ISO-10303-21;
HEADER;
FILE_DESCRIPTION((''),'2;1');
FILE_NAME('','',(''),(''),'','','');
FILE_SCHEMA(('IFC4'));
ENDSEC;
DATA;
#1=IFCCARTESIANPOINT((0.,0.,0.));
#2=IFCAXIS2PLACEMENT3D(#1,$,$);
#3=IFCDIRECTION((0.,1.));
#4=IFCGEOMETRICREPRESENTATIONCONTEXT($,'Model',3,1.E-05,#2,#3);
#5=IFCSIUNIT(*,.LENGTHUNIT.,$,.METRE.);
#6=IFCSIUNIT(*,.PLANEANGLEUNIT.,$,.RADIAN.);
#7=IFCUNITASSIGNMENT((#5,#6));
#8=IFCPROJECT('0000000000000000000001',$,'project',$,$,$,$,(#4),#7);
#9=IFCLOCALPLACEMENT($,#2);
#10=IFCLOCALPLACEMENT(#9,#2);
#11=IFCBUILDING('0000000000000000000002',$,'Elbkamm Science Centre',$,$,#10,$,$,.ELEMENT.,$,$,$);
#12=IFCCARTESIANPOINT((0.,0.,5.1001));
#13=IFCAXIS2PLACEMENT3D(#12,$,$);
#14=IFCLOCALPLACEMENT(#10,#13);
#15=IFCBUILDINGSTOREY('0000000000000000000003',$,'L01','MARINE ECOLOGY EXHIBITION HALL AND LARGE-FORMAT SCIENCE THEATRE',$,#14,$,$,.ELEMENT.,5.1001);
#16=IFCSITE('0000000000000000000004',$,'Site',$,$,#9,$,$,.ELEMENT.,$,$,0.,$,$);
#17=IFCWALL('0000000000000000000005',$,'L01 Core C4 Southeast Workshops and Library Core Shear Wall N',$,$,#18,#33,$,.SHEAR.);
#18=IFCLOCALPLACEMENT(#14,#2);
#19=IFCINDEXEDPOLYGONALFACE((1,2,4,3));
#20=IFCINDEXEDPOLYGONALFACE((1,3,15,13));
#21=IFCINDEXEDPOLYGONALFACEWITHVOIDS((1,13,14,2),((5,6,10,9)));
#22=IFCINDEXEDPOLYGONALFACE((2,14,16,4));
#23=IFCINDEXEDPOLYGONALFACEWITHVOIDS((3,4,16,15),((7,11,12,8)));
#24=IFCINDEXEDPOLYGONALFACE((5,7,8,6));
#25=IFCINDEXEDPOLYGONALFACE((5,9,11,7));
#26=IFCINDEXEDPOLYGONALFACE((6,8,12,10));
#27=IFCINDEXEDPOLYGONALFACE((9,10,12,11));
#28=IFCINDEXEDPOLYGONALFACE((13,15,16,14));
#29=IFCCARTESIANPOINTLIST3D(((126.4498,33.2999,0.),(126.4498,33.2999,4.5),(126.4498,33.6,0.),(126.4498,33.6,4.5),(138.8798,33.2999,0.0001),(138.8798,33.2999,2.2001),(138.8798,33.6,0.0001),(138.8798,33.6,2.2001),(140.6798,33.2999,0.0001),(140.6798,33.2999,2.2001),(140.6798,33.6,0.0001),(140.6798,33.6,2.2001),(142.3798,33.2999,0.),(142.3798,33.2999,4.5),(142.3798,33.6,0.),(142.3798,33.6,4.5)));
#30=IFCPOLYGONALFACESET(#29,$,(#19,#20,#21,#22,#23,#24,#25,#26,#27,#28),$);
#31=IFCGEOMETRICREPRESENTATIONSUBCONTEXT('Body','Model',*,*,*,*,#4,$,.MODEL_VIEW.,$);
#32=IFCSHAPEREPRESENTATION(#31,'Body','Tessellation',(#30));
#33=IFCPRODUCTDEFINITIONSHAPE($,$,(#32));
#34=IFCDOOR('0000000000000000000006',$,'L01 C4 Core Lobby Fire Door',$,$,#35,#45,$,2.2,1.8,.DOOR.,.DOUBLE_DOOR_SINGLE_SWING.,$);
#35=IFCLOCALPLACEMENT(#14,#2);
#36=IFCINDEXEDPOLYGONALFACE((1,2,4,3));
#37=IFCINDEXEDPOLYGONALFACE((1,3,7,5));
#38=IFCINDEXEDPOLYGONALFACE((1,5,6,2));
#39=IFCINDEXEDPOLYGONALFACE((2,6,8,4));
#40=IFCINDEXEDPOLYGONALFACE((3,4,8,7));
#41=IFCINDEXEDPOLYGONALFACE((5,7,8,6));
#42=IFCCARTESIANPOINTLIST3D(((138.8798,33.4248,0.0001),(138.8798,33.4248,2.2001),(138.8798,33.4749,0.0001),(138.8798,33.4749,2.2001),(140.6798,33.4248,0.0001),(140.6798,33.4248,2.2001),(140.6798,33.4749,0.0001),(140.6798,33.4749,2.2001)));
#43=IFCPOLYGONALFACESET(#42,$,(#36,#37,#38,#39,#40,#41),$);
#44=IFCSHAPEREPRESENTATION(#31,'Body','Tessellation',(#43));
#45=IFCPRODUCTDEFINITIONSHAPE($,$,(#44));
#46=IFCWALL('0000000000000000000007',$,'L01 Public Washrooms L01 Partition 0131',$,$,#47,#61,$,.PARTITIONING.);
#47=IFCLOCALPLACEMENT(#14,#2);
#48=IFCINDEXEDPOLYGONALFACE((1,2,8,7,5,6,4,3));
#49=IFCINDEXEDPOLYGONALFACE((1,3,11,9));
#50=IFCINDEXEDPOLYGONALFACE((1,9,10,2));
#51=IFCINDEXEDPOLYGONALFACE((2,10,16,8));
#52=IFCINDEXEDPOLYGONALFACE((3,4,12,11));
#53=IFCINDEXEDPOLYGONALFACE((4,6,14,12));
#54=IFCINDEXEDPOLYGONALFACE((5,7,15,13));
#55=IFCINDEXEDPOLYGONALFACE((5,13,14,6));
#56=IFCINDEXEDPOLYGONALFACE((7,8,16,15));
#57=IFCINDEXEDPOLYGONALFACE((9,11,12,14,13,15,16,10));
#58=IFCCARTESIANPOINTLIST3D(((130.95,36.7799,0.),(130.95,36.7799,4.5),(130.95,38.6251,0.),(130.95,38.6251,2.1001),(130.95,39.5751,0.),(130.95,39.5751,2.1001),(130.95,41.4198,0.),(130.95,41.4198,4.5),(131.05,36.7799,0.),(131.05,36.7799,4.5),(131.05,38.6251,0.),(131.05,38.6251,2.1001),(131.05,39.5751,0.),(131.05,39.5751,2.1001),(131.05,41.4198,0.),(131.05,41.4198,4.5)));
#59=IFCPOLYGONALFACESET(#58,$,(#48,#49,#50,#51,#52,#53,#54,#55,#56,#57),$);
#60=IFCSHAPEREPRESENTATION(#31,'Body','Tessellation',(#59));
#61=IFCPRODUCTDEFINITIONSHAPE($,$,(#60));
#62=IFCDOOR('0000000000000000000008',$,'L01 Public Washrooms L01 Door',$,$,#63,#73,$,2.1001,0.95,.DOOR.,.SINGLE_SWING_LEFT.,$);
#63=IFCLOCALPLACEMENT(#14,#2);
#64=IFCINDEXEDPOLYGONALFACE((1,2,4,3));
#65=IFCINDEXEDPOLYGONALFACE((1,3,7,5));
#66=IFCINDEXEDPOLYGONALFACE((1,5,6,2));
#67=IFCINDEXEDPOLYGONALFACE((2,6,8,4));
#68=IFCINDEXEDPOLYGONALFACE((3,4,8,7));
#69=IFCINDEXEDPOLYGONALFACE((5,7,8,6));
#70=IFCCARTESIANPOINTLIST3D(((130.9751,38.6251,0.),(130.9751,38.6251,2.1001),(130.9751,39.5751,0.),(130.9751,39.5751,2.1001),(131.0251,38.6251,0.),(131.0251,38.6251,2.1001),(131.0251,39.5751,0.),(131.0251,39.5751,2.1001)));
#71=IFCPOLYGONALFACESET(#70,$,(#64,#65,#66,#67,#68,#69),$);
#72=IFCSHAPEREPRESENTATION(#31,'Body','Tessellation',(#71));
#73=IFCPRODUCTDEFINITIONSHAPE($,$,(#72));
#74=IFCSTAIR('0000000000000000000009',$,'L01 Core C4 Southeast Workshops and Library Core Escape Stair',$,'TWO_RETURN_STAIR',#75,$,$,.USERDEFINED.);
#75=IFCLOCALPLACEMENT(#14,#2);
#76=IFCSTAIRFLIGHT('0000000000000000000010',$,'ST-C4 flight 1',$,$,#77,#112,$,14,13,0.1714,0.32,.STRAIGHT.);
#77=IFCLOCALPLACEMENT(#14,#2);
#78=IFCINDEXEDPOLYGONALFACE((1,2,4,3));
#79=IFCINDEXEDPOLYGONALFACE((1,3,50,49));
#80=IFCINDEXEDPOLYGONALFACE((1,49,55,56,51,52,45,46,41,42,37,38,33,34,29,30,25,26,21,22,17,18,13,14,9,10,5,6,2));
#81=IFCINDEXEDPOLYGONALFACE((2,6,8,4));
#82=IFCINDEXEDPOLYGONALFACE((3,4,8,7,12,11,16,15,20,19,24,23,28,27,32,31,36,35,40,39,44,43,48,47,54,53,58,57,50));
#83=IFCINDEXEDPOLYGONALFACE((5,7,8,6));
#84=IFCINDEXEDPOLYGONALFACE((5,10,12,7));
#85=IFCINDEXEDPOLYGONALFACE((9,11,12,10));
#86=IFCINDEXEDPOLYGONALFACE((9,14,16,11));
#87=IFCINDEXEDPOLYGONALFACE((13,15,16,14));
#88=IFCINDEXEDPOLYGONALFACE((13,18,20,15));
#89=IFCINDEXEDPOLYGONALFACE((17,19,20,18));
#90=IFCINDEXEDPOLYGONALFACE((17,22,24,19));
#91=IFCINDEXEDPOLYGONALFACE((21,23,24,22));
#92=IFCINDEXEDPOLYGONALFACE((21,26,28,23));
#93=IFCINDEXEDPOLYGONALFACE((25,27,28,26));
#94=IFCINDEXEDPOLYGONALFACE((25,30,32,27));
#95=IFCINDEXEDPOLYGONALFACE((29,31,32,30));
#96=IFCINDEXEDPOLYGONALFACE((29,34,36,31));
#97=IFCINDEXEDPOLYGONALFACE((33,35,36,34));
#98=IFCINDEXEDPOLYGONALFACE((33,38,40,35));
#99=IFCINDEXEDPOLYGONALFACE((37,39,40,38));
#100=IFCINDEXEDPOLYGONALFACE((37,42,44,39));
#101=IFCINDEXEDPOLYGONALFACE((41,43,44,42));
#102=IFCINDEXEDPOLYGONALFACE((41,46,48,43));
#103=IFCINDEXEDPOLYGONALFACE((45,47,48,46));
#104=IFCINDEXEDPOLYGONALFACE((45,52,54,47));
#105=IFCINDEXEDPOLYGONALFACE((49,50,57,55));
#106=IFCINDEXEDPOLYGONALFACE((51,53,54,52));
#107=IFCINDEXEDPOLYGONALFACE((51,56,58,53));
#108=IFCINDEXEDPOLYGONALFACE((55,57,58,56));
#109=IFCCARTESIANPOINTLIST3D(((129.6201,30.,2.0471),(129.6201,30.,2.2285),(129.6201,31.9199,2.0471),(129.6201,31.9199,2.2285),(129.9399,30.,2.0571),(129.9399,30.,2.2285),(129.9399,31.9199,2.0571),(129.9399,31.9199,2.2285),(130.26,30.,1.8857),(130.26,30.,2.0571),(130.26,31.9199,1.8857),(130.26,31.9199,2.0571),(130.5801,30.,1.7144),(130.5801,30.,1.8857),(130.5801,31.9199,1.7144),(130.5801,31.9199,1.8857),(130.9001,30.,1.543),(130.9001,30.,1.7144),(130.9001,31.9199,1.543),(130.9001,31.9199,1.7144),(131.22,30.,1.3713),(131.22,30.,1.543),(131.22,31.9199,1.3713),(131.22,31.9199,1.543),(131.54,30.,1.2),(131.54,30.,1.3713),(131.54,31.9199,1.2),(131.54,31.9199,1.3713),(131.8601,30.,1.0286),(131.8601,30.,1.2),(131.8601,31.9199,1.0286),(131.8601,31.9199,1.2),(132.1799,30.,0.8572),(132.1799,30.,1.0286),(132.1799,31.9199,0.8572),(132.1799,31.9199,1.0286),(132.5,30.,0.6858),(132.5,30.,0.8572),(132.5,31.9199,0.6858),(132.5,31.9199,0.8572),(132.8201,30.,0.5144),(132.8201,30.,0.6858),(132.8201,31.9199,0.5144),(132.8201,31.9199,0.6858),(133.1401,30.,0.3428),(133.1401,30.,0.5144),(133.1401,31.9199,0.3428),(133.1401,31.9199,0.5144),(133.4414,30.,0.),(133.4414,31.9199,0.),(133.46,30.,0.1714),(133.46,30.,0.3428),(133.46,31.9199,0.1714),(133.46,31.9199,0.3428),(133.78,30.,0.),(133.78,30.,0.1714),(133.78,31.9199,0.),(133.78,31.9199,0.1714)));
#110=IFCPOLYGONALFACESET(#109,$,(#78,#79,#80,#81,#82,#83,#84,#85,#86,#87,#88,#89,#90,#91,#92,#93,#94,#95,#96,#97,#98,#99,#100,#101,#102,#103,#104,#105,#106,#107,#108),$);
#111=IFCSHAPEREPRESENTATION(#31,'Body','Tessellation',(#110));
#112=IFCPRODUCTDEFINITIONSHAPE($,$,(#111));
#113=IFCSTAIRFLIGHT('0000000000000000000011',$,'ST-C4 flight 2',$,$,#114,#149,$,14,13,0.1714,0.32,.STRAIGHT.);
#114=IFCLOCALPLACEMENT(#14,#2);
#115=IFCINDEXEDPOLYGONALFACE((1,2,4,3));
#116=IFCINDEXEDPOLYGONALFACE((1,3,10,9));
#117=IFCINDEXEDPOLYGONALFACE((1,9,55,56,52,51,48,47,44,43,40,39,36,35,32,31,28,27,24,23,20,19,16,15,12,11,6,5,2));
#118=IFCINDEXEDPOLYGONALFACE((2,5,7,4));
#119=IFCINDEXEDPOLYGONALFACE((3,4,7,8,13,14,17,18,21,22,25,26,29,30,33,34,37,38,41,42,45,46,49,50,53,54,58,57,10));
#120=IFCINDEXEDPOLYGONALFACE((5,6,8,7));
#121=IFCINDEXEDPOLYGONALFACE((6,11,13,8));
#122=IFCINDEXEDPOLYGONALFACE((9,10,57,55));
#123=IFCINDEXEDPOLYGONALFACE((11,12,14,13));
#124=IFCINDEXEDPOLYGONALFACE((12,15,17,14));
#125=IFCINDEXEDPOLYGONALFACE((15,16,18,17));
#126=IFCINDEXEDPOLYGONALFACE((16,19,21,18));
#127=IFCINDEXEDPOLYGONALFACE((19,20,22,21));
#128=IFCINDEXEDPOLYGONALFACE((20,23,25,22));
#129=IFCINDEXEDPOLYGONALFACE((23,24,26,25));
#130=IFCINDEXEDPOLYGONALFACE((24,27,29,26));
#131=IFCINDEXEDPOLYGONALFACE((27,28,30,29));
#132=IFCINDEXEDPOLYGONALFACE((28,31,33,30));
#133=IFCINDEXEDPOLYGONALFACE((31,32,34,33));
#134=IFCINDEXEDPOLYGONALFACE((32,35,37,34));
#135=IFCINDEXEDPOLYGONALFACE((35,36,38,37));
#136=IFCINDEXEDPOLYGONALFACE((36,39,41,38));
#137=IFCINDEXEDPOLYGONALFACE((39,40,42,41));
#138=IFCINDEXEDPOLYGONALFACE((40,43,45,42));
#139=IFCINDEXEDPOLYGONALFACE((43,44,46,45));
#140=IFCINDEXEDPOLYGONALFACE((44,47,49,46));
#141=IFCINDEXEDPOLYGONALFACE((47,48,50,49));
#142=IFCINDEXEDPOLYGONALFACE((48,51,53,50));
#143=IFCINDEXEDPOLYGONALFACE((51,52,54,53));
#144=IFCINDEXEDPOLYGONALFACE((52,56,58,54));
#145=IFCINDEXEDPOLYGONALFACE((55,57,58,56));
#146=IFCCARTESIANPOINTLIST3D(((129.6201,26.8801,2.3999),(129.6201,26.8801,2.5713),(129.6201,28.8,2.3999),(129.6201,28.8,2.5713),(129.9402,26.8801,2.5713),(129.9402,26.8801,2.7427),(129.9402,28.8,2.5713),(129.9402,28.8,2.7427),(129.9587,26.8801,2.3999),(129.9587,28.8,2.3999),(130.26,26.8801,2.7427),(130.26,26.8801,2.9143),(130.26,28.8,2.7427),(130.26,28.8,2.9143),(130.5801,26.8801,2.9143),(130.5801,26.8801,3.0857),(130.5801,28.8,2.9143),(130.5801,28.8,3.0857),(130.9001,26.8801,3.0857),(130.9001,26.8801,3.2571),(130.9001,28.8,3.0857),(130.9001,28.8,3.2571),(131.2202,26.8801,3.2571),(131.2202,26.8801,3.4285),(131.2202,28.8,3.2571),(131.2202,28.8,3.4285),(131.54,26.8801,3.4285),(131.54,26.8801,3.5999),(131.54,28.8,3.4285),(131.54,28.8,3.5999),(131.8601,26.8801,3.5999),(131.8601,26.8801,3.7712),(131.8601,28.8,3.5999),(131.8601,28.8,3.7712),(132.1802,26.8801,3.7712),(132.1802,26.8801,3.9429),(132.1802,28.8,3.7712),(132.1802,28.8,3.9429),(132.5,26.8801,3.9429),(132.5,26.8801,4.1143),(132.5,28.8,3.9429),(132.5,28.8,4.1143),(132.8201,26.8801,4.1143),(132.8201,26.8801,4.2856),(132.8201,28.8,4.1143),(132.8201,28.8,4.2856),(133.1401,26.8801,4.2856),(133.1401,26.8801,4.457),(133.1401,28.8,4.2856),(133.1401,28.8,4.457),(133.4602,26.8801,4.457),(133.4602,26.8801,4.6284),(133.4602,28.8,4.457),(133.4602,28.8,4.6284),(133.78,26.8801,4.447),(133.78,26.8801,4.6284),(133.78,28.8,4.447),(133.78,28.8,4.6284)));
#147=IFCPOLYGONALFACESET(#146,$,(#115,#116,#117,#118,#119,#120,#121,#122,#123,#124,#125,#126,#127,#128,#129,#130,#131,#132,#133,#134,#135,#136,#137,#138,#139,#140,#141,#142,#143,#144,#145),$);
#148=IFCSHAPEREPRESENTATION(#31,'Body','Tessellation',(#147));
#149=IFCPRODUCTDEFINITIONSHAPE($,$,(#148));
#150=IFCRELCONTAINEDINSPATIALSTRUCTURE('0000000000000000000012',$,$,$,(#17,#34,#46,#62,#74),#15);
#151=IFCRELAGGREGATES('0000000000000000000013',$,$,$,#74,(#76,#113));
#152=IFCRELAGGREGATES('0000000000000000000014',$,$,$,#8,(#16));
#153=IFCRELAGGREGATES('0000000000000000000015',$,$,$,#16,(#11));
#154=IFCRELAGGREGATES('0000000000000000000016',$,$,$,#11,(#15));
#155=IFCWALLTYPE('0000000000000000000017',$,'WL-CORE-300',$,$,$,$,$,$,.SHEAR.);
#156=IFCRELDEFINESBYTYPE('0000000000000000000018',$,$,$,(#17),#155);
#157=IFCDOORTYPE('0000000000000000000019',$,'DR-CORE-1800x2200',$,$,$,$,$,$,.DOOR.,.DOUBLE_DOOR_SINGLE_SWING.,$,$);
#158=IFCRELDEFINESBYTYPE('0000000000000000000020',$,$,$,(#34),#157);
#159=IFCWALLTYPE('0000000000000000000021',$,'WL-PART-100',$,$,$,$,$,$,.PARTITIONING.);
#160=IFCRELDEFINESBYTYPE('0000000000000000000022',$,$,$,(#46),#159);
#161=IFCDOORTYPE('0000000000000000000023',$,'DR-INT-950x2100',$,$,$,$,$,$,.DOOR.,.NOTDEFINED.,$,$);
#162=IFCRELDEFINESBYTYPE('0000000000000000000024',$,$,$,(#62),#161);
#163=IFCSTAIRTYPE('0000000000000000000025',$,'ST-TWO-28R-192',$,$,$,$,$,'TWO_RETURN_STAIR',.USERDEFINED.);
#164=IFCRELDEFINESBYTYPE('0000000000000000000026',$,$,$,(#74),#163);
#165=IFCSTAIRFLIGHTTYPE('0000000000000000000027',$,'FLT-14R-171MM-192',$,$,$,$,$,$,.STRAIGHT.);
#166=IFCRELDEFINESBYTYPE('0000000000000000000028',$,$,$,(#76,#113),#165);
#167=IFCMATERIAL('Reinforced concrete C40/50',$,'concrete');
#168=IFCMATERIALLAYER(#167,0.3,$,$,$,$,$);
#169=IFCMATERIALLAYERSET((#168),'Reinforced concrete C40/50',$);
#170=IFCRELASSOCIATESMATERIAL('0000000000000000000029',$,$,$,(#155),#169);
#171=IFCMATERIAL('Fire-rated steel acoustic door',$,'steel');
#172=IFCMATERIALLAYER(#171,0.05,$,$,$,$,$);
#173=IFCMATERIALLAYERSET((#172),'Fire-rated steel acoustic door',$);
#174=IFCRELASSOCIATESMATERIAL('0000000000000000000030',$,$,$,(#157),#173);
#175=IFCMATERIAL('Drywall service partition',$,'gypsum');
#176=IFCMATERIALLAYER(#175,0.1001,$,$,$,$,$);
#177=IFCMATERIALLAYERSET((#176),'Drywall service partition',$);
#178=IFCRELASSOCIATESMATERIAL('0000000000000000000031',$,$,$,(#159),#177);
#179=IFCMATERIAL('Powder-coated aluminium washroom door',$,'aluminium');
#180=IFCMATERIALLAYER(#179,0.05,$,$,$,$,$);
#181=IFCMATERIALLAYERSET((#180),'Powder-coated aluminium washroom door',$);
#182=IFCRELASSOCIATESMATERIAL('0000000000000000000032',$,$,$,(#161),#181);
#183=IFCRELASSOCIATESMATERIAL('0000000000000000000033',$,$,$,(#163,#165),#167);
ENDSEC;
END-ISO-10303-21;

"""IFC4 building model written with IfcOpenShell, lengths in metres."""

from ifc_helpers import new_model, si_unit, direction, frame, frame_2d, origin, place, context, subcontext, project, spatial, polyline, rectangle, outline, extrude, material, layer, layer_set, type_object, element, fill, aggregate, save


model = new_model("IFC4")

# Units and contexts
model_context = context("Model", 3, precision=1e-05, world=origin(), true_north=direction((0.0, 1.0)))
body_context = subcontext(model_context, "Body", "Model", "MODEL_VIEW")
ifc_project = project(units=[si_unit("LENGTHUNIT", "METRE"), si_unit("PLANEANGLEUNIT", "RADIAN")], contexts=[model_context])

# Site, building, storey
site_placement = place(None, origin())
site = spatial("IfcSite", under=ifc_project, at=site_placement, Name="Site", CompositionType="ELEMENT", RefElevation=0.0)
building_placement = place(site_placement, origin())
building = spatial("IfcBuilding", under=site, at=building_placement, Name="Elbkamm Science Centre", CompositionType="ELEMENT")
storey_placement = place(building_placement, frame((0.0, 0.0, 5.1001)))
storey = spatial("IfcBuildingStorey", under=building, at=storey_placement, Name="L01", Description="MARINE ECOLOGY EXHIBITION HALL AND LARGE-FORMAT SCIENCE THEATRE", CompositionType="ELEMENT", Elevation=5.1001)

# Shared definitions
ifc_material_1 = material(Name="Reinforced concrete C40/50", Category="concrete")
ifc_layer_1 = layer(ifc_material_1, 0.3)
ifc_layer_set_1 = layer_set([ifc_layer_1], Name="Reinforced concrete C40/50")
wall_type_1 = type_object("IfcWallType", Name="WL-CORE-300", PredefinedType="SHEAR", material=ifc_layer_set_1)

# Walls, openings, doors
wall_1_placement = place(storey_placement, frame((126.45, 33.45, 0.0), z_axis=(0.0, 0.0, 1.0), x_axis=(1.0, 0.0, 0.0)))
wall_1 = element("IfcWall", 1, at=wall_1_placement, inside=storey, type_object=wall_type_1, Name="L01 Core C4 Southeast Workshops and Library Core Shear Wall N", PredefinedType="SHEAR", context=body_context, shape_type="SweptSolid", body=[
    extrude(rectangle(XDim=15.9299, YDim=0.3, at=frame_2d((7.9648, 0.0))), origin(), (0.0, 0.0, 1.0), 4.5),
])
opening_1_placement = place(wall_1_placement, frame((12.4299, 0.0, 0.0)))
opening_1 = element("IfcOpeningElement", 2, at=opening_1_placement, cuts=wall_1, PredefinedType="OPENING", context=body_context, shape_type="SweptSolid", body=[
    extrude(rectangle(XDim=1.8, YDim=2.2, at=frame_2d((0.8999, 1.1001))), frame((0.0, 0.1621, 0.0), z_axis=(0.0, -1.0, 0.0), x_axis=(1.0, 0.0, 0.0)), (0.0, 0.0, 1.0), 0.324),
])
ifc_material_2 = material(Name="Fire-rated steel acoustic door", Category="steel")
ifc_layer_2 = layer(ifc_material_2, 0.05)
ifc_layer_set_2 = layer_set([ifc_layer_2], Name="Fire-rated steel acoustic door")
door_type_1 = type_object("IfcDoorType", Name="DR-CORE-1800x2200", OperationType="DOUBLE_DOOR_SINGLE_SWING", PredefinedType="DOOR", material=ifc_layer_set_2)
door_1_placement = place(opening_1_placement, origin())
door_1 = element("IfcDoor", 3, at=door_1_placement, inside=storey, type_object=door_type_1, Name="L01 C4 Core Lobby Fire Door", OperationType="DOUBLE_DOOR_SINGLE_SWING", OverallHeight=2.2, OverallWidth=1.8, PredefinedType="DOOR", context=body_context, shape_type="SweptSolid", body=[
    extrude(rectangle(XDim=1.8, YDim=2.2, at=frame_2d((0.8999, 1.1001))), frame((0.0, 0.0249, 0.0), z_axis=(0.0, -1.0, 0.0), x_axis=(1.0, 0.0, 0.0)), (0.0, 0.0, 1.0), 0.05),
])
fill(opening_1, door_1)
ifc_material_3 = material(Name="Drywall service partition", Category="gypsum")
ifc_layer_3 = layer(ifc_material_3, 0.1001)
ifc_layer_set_3 = layer_set([ifc_layer_3], Name="Drywall service partition")
wall_type_2 = type_object("IfcWallType", Name="WL-PART-100", PredefinedType="PARTITIONING", material=ifc_layer_set_3)
wall_2_placement = place(storey_placement, frame((131.0, 36.78, 0.0), z_axis=(0.0, 0.0, 1.0), x_axis=(0.0, 1.0, 0.0)))
wall_2 = element("IfcWall", 4, at=wall_2_placement, inside=storey, type_object=wall_type_2, Name="L01 Public Washrooms L01 Partition 0131", PredefinedType="PARTITIONING", context=body_context, shape_type="SweptSolid", body=[
    extrude(rectangle(XDim=4.6399, YDim=0.1001, at=frame_2d((2.3198, 0.0))), origin(), (0.0, 0.0, 1.0), 4.5),
])
opening_2_placement = place(wall_2_placement, frame((1.845, 0.0, 0.0)))
opening_2 = element("IfcOpeningElement", 5, at=opening_2_placement, cuts=wall_2, PredefinedType="OPENING", context=body_context, shape_type="SweptSolid", body=[
    extrude(rectangle(XDim=0.95, YDim=2.1001, at=frame_2d((0.4751, 1.05))), frame((0.0, 0.062, 0.0), z_axis=(0.0, -1.0, 0.0), x_axis=(1.0, 0.0, 0.0)), (0.0, 0.0, 1.0), 0.124),
])
ifc_material_4 = material(Name="Powder-coated aluminium washroom door", Category="aluminium")
ifc_layer_4 = layer(ifc_material_4, 0.05)
ifc_layer_set_4 = layer_set([ifc_layer_4], Name="Powder-coated aluminium washroom door")
door_type_2 = type_object("IfcDoorType", Name="DR-INT-950x2100", OperationType="NOTDEFINED", PredefinedType="DOOR", material=ifc_layer_set_4)
door_2_placement = place(opening_2_placement, origin())
door_2 = element("IfcDoor", 6, at=door_2_placement, inside=storey, type_object=door_type_2, Name="L01 Public Washrooms L01 Door", OperationType="SINGLE_SWING_LEFT", OverallHeight=2.1001, OverallWidth=0.95, PredefinedType="DOOR", context=body_context, shape_type="SweptSolid", body=[
    extrude(rectangle(XDim=0.95, YDim=2.1001, at=frame_2d((0.4751, 1.05))), frame((0.0, 0.0249, 0.0), z_axis=(0.0, -1.0, 0.0), x_axis=(1.0, 0.0, 0.0)), (0.0, 0.0, 1.0), 0.05),
])
fill(opening_2, door_2)

# Stair, stair flights
stair_type = type_object("IfcStairType", Name="ST-TWO-28R-192", ElementType="TWO_RETURN_STAIR", PredefinedType="USERDEFINED", material=ifc_material_1)
stair_placement = place(storey_placement, origin())
stair = element("IfcStair", 7, at=stair_placement, inside=storey, type_object=stair_type, Name="L01 Core C4 Southeast Workshops and Library Core Escape Stair", ObjectType="TWO_RETURN_STAIR", PredefinedType="USERDEFINED")
stair_flight_type = type_object("IfcStairFlightType", Name="FLT-14R-171MM-192", PredefinedType="STRAIGHT", material=ifc_material_1)
stair_flight_1_placement = place(storey_placement, frame((133.78, 30.96, 0.0), z_axis=(0.0, 0.0, 1.0), x_axis=(-1.0, 0.0, 0.0)))
stair_flight_1 = element("IfcStairFlight", 8, at=stair_flight_1_placement, type_object=stair_flight_type, Name="ST-C4 flight 1", NumberOfRisers=14, NumberOfTreads=13, PredefinedType="STRAIGHT", RiserHeight=0.1714, TreadLength=0.32, context=body_context, shape_type="SweptSolid", body=[
    extrude(outline(polyline([(0.0, 0.0), (0.0, 0.1714), (0.3201, 0.1714), (0.3201, 0.3428), (0.6399, 0.3428), (0.6399, 0.5144), (0.96, 0.5144), (0.96, 0.6858), (1.28, 0.6858), (1.28, 0.8572), (1.6001, 0.8572), (1.6001, 1.0286), (1.9199, 1.0286), (1.9199, 1.2), (2.24, 1.2), (2.24, 1.3713), (2.5601, 1.3713), (2.5601, 1.543), (2.8799, 1.543), (2.8799, 1.7144), (3.2, 1.7144), (3.2, 1.8857), (3.52, 1.8857), (3.52, 2.0571), (3.8401, 2.0571), (3.8401, 2.2285), (4.1599, 2.2285), (4.1599, 2.3999), (4.1599, 2.0471), (0.3386, 0.0), (0.0, 0.0)])), frame((0.0, 0.96, 0.0), z_axis=(0.0, -1.0, 0.0), x_axis=(1.0, 0.0, 0.0)), (0.0, 0.0, 1.0), 1.9199),
])
stair_flight_2_placement = place(storey_placement, frame((129.6201, 27.8401, 2.3999), z_axis=(0.0, 0.0, 1.0), x_axis=(1.0, 0.0, 0.0)))
stair_flight_2 = element("IfcStairFlight", 9, at=stair_flight_2_placement, type_object=stair_flight_type, Name="ST-C4 flight 2", NumberOfRisers=14, NumberOfTreads=13, PredefinedType="STRAIGHT", RiserHeight=0.1714, TreadLength=0.32, context=body_context, shape_type="SweptSolid", body=[
    extrude(outline(polyline([(0.0, 0.0), (0.0, 0.1714), (0.3201, 0.1714), (0.3201, 0.3428), (0.6399, 0.3428), (0.6399, 0.5144), (0.96, 0.5144), (0.96, 0.6858), (1.28, 0.6858), (1.28, 0.8572), (1.6001, 0.8572), (1.6001, 1.0286), (1.9199, 1.0286), (1.9199, 1.2), (2.24, 1.2), (2.24, 1.3713), (2.5601, 1.3713), (2.5601, 1.543), (2.8799, 1.543), (2.8799, 1.7144), (3.2, 1.7144), (3.2, 1.8857), (3.52, 1.8857), (3.52, 2.0571), (3.8401, 2.0571), (3.8401, 2.2285), (4.1599, 2.2285), (4.1599, 2.3999), (4.1599, 2.0471), (0.3386, 0.0), (0.0, 0.0)])), frame((0.0, 0.96, 0.0), z_axis=(0.0, -1.0, 0.0), x_axis=(1.0, 0.0, 0.0)), (0.0, 0.0, 1.0), 1.9199),
])
aggregate(stair, [stair_flight_1, stair_flight_2])

save(model, "model.ifc")
